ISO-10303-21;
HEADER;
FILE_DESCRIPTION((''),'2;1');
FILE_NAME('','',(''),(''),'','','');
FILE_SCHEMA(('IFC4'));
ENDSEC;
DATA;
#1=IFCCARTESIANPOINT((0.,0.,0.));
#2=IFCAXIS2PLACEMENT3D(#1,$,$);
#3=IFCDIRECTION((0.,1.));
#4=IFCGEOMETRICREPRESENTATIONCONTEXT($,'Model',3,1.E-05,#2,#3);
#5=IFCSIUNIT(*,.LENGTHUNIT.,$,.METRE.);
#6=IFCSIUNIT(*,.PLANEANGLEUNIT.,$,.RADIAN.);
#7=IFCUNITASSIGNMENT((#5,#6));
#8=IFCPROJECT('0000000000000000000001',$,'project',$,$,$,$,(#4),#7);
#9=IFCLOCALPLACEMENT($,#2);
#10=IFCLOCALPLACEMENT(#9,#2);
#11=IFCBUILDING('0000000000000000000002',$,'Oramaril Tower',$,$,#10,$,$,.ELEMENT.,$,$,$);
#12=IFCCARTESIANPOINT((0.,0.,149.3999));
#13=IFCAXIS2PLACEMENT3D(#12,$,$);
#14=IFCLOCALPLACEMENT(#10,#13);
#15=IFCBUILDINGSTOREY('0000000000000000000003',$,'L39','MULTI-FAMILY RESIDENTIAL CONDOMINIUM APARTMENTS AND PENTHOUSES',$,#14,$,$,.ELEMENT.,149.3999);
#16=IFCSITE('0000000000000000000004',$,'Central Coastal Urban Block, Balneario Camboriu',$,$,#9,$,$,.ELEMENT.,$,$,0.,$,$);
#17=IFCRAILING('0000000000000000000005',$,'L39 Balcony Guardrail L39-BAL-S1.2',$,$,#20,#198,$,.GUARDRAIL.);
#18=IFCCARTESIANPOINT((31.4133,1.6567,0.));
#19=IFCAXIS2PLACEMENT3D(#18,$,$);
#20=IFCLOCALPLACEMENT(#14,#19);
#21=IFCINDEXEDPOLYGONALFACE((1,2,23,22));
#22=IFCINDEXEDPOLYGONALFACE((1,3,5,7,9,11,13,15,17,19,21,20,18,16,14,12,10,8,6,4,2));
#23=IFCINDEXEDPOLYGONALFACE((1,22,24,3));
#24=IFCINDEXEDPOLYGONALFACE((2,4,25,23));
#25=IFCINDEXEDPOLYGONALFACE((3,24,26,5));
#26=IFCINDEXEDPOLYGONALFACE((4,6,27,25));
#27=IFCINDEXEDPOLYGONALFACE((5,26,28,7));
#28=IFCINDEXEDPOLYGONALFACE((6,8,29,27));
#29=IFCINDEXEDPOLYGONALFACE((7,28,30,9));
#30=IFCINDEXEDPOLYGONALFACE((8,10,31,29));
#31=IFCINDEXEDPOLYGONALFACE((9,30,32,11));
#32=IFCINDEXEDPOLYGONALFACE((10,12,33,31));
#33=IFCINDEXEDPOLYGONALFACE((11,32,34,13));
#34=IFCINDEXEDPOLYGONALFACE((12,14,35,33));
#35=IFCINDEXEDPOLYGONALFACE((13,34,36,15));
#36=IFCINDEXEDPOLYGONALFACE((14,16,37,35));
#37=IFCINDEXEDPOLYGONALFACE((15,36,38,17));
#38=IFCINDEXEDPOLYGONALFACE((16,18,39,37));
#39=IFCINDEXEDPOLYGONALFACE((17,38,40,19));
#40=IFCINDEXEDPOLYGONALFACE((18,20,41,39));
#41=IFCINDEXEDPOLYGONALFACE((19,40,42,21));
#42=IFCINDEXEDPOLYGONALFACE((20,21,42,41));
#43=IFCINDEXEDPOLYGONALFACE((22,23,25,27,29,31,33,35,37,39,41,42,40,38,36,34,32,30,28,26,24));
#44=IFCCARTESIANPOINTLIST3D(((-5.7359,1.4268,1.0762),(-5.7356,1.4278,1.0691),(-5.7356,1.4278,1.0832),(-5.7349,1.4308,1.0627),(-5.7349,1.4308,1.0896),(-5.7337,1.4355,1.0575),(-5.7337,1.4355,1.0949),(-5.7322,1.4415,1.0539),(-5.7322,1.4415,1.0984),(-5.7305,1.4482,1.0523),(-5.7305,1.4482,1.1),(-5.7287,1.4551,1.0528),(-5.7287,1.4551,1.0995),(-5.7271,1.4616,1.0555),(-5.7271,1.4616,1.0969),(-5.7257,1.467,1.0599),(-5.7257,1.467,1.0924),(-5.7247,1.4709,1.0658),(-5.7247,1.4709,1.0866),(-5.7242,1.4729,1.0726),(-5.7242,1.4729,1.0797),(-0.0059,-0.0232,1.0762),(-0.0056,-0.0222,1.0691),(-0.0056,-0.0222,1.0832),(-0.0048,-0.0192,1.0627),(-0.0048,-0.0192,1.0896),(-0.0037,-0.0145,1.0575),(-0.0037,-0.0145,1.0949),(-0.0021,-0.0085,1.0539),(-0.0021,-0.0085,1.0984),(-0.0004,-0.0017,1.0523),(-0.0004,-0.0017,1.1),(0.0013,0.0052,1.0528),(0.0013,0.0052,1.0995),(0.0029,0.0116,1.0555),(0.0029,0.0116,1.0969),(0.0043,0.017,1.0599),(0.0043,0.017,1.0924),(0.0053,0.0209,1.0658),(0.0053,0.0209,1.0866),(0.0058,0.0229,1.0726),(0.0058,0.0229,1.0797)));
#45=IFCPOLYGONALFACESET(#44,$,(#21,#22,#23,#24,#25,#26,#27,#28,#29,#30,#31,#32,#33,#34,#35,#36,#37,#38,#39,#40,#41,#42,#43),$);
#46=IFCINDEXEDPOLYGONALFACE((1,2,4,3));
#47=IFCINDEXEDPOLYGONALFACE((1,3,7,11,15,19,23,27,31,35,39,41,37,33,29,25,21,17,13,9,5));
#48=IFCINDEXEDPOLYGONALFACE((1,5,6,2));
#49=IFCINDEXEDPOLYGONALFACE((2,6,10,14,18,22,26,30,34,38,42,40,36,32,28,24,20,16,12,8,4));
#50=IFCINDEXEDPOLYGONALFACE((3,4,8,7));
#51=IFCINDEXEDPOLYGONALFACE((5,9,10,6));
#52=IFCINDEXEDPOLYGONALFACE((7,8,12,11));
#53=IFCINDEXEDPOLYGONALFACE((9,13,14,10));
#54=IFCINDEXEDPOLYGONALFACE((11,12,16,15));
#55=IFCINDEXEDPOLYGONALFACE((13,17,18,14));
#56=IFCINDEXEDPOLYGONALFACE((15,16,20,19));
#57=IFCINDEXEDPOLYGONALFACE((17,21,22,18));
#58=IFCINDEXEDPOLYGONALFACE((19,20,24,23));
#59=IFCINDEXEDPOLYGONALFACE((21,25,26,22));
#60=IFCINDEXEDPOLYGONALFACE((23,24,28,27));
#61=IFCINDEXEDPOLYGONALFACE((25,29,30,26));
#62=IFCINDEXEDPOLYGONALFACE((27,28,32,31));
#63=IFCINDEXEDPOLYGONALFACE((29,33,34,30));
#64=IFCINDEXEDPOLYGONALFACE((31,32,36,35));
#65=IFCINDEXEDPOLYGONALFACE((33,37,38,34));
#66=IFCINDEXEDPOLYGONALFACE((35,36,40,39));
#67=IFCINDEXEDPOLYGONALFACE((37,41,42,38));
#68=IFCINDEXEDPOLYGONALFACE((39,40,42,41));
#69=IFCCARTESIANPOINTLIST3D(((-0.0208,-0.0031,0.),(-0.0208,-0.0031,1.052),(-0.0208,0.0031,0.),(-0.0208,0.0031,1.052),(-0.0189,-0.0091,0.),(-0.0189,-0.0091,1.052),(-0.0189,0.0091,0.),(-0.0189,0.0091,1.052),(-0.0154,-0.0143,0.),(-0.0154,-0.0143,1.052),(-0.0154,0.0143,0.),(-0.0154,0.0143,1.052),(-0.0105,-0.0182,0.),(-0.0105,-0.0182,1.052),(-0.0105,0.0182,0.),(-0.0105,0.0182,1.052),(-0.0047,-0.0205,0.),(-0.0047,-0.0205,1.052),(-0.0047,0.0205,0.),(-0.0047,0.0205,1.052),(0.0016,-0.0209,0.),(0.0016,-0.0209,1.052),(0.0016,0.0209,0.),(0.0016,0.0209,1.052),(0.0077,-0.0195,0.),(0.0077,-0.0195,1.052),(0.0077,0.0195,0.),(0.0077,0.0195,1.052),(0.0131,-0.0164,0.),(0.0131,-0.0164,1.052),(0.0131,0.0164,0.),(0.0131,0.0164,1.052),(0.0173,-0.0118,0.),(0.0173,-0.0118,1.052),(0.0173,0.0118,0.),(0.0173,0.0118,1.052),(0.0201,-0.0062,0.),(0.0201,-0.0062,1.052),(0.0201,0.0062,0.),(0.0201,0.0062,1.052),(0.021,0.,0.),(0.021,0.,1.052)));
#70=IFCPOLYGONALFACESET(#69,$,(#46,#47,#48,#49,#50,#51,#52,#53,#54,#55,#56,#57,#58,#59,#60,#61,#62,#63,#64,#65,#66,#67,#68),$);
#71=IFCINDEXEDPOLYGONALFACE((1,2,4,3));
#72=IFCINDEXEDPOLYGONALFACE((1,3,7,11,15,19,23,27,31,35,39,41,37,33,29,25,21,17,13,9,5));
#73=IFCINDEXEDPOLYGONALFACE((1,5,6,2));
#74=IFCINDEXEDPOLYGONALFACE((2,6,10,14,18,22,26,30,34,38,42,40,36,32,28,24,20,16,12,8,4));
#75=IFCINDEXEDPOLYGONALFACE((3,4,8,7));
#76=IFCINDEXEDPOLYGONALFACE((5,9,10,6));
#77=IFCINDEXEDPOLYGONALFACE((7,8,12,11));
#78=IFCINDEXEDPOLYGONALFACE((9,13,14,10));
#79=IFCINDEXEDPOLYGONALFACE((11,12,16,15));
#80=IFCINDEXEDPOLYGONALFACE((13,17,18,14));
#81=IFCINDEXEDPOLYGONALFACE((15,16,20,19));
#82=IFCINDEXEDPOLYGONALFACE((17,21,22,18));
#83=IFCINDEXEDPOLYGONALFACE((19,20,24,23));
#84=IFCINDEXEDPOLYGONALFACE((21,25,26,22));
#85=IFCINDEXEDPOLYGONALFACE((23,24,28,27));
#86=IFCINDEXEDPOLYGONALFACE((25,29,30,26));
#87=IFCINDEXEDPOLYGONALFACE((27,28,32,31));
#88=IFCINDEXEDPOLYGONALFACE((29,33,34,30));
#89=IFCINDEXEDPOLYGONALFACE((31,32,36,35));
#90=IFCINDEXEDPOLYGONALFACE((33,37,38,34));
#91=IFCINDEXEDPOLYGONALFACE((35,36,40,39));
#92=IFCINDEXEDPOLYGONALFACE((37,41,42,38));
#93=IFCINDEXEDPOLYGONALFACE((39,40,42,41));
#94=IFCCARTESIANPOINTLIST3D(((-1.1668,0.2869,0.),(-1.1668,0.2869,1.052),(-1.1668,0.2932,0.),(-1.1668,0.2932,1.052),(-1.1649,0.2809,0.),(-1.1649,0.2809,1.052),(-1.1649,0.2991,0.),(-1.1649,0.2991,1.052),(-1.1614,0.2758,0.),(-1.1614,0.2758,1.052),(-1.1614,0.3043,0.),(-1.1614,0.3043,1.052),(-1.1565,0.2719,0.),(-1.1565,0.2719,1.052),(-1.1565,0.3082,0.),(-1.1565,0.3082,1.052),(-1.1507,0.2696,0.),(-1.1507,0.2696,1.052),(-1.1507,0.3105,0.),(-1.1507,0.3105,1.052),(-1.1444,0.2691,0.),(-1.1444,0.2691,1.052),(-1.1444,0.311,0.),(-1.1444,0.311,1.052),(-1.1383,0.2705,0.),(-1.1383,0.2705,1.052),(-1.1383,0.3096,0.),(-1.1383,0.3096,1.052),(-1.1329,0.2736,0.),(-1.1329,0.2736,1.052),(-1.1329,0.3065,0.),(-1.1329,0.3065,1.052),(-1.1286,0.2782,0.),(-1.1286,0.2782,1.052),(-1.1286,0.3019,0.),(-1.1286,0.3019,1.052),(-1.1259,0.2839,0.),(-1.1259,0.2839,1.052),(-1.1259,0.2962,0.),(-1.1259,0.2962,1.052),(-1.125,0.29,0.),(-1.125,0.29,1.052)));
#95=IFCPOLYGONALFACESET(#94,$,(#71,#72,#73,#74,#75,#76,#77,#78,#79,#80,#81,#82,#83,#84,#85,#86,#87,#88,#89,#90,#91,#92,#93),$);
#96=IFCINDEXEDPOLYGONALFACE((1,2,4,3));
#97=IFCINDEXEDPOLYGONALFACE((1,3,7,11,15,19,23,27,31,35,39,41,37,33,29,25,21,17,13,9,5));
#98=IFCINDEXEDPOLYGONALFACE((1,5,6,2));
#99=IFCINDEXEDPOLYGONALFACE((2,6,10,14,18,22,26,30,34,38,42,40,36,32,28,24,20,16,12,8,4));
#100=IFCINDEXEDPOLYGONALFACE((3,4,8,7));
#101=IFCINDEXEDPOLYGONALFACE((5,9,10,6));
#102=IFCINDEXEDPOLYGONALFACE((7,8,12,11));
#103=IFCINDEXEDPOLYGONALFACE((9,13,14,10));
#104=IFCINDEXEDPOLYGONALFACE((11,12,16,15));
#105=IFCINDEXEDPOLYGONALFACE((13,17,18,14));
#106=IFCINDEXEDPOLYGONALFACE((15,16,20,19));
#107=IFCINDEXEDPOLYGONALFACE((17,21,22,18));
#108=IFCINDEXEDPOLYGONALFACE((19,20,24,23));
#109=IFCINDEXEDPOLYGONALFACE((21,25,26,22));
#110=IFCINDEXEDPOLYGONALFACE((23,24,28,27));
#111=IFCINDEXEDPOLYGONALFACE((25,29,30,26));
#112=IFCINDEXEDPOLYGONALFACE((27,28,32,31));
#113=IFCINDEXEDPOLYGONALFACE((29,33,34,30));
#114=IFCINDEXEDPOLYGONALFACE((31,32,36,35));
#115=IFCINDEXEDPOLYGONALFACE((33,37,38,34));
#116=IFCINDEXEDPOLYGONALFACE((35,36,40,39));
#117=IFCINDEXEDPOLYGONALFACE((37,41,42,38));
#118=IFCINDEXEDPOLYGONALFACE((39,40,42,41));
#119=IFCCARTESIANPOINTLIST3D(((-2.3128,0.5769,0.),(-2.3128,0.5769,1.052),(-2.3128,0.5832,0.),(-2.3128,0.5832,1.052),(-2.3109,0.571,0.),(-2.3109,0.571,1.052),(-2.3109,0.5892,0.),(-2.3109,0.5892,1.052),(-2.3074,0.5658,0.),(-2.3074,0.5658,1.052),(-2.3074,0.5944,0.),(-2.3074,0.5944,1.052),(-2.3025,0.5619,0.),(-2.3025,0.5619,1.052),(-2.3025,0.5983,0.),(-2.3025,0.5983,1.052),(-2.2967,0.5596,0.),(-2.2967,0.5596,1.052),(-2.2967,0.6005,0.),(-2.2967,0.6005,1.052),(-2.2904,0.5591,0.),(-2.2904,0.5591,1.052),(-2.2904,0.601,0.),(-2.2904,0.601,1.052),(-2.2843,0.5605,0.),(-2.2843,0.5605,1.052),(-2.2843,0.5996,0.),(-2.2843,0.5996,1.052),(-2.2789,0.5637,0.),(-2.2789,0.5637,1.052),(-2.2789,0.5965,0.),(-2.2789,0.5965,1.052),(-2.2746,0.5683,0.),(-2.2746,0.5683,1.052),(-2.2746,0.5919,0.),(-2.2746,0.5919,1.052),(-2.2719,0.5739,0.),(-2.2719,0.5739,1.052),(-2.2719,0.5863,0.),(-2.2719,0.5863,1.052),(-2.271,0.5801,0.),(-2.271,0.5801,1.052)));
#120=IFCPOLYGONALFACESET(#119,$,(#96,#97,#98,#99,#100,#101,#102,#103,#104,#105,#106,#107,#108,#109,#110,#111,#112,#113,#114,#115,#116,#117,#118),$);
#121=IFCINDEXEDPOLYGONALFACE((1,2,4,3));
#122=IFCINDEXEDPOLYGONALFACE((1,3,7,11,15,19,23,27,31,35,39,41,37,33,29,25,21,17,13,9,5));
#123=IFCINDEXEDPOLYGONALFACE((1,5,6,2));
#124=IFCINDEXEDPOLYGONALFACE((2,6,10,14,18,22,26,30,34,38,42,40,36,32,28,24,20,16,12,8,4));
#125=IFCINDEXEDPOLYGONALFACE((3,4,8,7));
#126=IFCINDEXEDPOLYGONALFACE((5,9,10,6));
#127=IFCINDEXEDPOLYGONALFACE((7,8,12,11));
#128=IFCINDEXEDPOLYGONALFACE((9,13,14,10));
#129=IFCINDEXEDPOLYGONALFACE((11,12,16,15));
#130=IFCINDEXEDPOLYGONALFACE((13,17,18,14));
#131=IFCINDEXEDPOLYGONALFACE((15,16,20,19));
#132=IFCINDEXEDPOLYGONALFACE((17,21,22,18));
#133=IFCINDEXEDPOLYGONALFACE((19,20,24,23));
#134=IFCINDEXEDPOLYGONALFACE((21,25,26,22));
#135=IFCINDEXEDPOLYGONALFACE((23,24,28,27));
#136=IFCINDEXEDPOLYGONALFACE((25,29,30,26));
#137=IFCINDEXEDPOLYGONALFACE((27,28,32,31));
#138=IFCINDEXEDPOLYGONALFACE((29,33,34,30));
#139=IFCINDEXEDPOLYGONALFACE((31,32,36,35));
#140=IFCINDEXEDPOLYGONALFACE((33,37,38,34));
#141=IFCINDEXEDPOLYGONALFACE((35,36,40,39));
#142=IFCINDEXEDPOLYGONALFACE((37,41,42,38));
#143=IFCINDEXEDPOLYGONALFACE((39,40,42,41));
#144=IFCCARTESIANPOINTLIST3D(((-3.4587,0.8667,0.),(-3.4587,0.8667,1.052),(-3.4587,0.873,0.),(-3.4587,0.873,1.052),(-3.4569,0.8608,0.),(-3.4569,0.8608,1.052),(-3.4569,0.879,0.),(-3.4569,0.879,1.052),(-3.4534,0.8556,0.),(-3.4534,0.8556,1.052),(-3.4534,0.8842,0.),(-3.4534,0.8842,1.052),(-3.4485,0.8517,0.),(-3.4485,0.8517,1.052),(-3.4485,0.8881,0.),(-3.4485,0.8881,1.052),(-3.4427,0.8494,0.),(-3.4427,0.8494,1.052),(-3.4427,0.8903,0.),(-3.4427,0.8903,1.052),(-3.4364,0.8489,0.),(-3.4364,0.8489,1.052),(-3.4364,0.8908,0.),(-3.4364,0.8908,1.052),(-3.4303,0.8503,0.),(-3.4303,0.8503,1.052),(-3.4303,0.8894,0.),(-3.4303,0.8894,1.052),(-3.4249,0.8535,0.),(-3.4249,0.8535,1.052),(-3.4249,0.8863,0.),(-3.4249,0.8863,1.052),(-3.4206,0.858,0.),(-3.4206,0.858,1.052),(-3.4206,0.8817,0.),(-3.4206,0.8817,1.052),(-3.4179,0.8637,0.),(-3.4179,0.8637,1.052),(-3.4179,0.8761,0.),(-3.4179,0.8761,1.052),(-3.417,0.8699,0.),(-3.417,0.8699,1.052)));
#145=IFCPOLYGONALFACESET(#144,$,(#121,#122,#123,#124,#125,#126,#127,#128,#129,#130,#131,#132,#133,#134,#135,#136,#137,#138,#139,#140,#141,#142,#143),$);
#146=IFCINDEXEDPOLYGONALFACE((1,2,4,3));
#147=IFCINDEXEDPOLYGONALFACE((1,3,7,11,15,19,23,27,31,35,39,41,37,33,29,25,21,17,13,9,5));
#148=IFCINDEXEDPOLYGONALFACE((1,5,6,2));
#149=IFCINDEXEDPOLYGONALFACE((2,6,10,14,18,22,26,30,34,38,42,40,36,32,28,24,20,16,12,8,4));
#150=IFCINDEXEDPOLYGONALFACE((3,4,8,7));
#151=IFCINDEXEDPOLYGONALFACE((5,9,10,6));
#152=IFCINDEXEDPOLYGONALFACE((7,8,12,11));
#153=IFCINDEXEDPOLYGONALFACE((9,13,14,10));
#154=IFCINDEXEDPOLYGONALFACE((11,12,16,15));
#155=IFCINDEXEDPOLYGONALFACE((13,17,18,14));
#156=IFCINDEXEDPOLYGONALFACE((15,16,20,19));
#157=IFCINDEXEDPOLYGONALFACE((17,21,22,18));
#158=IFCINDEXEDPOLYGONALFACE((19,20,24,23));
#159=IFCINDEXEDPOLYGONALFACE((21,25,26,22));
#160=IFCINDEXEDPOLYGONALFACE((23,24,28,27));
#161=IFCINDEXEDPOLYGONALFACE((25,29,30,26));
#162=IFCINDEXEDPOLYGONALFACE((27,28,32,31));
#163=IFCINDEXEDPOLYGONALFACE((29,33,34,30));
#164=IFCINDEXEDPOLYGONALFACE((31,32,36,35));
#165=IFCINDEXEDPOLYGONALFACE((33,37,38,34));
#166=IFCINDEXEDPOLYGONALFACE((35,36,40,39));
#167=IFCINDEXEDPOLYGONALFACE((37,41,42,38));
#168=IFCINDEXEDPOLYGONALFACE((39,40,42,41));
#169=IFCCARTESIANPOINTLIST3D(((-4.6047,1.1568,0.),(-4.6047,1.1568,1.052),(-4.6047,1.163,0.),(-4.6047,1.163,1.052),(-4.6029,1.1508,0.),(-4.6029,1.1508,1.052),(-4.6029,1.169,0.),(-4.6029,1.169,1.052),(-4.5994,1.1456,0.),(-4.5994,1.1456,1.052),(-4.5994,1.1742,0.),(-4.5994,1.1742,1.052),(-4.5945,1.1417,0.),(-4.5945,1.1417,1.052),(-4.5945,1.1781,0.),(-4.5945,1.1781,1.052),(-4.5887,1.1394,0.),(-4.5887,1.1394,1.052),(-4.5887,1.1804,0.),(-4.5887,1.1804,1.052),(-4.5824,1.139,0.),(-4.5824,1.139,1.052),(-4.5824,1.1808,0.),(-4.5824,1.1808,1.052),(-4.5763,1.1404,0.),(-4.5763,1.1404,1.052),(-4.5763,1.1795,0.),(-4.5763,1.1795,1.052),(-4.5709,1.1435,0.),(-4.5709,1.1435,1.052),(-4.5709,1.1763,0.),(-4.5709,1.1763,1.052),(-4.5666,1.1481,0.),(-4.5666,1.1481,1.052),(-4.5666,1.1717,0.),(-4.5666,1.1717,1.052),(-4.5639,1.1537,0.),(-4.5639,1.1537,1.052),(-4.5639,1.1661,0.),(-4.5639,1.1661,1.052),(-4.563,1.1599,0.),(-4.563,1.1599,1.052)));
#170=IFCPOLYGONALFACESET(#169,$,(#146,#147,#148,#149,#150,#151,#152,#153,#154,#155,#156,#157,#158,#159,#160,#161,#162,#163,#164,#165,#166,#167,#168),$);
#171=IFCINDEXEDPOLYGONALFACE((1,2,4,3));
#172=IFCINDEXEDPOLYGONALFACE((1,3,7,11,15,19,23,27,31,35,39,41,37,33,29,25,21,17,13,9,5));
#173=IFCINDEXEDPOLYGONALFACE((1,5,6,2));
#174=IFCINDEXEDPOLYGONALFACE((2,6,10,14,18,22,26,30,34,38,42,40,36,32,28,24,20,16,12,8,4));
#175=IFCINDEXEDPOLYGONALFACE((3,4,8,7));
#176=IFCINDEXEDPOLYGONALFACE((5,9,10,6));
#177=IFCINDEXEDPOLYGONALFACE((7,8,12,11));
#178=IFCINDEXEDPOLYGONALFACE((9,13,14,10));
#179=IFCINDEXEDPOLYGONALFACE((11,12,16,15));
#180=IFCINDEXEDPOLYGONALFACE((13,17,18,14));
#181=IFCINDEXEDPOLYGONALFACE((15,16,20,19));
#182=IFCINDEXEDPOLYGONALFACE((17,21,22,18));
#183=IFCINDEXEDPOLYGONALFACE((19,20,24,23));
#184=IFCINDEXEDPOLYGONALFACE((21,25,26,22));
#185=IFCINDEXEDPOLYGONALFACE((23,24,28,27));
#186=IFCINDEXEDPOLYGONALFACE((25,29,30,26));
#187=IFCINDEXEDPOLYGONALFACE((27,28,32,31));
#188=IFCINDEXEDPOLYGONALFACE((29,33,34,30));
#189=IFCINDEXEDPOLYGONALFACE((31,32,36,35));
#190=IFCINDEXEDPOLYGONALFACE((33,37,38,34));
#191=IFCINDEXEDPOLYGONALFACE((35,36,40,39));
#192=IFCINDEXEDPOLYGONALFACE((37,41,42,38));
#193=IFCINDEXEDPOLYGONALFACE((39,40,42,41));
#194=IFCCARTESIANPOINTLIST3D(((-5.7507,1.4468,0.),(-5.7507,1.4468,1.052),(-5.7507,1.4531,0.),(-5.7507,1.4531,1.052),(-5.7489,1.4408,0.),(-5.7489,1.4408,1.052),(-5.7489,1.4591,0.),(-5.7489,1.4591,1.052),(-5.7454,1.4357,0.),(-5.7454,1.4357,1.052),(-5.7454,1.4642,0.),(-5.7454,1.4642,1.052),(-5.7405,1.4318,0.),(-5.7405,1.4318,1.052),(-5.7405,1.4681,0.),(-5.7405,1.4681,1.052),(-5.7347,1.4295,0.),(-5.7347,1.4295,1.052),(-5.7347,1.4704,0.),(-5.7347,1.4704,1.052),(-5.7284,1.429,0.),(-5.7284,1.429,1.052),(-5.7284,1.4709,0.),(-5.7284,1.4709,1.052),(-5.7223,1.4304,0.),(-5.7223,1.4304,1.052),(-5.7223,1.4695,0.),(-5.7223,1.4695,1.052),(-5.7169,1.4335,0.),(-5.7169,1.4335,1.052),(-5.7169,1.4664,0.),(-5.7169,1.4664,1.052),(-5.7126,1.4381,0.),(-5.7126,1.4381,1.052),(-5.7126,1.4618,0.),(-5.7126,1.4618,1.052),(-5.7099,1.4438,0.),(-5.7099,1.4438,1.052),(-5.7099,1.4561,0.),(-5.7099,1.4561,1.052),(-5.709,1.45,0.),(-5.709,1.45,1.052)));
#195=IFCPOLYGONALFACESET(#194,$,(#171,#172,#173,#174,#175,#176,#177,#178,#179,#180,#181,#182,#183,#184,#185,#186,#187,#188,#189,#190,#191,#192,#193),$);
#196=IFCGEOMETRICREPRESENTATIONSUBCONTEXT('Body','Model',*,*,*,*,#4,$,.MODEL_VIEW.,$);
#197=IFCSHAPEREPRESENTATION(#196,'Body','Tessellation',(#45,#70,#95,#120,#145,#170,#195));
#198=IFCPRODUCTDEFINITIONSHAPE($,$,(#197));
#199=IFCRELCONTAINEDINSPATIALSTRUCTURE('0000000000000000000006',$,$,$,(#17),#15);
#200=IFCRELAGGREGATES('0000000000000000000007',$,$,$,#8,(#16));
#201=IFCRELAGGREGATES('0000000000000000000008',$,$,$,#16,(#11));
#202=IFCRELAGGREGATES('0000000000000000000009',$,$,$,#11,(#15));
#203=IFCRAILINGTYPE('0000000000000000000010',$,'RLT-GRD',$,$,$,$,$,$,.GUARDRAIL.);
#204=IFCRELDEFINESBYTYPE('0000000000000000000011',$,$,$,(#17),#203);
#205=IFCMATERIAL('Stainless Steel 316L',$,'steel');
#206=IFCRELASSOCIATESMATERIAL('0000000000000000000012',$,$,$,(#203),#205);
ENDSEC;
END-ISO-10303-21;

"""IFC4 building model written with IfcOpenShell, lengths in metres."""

from ifc_helpers import new_model, si_unit, direction, frame, origin, origin_2d, place, context, subcontext, project, spatial, circle, extrude, material, type_object, element, save


model = new_model("IFC4")

# Units and contexts
model_context = context("Model", 3, precision=1e-05, world=origin(), true_north=direction((0.0, 1.0)))
body_context = subcontext(model_context, "Body", "Model", "MODEL_VIEW")
ifc_project = project(units=[si_unit("LENGTHUNIT", "METRE"), si_unit("PLANEANGLEUNIT", "RADIAN")], contexts=[model_context])

# Site, building, storey
site_placement = place(None, origin())
site = spatial("IfcSite", under=ifc_project, at=site_placement, Name="Central Coastal Urban Block, Balneario Camboriu", CompositionType="ELEMENT", RefElevation=0.0)
building_placement = place(site_placement, origin())
building = spatial("IfcBuilding", under=site, at=building_placement, Name="Oramaril Tower", CompositionType="ELEMENT")
storey_placement = place(building_placement, frame((0.0, 0.0, 149.3999)))
storey = spatial("IfcBuildingStorey", under=building, at=storey_placement, Name="L39", Description="MULTI-FAMILY RESIDENTIAL CONDOMINIUM APARTMENTS AND PENTHOUSES", CompositionType="ELEMENT", Elevation=149.3999)

# Railing
ifc_material_1 = material(Name="Stainless Steel 316L", Category="steel")
railing_type = type_object("IfcRailingType", Name="RLT-GRD", PredefinedType="GUARDRAIL", material=ifc_material_1)
railing_1_placement = place(storey_placement, frame((31.4133, 1.6567, 0.0)))
element("IfcRailing", 1, at=railing_1_placement, inside=storey, type_object=railing_type, Name="L39 Balcony Guardrail L39-BAL-S1.2", PredefinedType="GUARDRAIL", context=body_context, shape_type="SweptSolid", body=[
    extrude(circle(Radius=0.0239, at=origin_2d()), frame((0.0, 0.0, 1.0762), z_axis=(-0.969444, 0.245314, 0.0), x_axis=(-0.245314, -0.969444, 0.0)), (0.0, 0.0, 1.0), 5.9106),
    extrude(circle(Radius=0.021, at=origin_2d()), origin(), (0.0, 0.0, 1.0), 1.052),
    extrude(circle(Radius=0.021, at=origin_2d()), frame((-1.146, 0.29, 0.0)), (0.0, 0.0, 1.0), 1.052),
    extrude(circle(Radius=0.021, at=origin_2d()), frame((-2.292, 0.5801, 0.0)), (0.0, 0.0, 1.0), 1.052),
    extrude(circle(Radius=0.021, at=origin_2d()), frame((-3.438, 0.8699, 0.0)), (0.0, 0.0, 1.0), 1.052),
    extrude(circle(Radius=0.021, at=origin_2d()), frame((-4.584, 1.1599, 0.0)), (0.0, 0.0, 1.0), 1.052),
    extrude(circle(Radius=0.021, at=origin_2d()), frame((-5.73, 1.45, 0.0)), (0.0, 0.0, 1.0), 1.052),
])

save(model, "model.ifc")
